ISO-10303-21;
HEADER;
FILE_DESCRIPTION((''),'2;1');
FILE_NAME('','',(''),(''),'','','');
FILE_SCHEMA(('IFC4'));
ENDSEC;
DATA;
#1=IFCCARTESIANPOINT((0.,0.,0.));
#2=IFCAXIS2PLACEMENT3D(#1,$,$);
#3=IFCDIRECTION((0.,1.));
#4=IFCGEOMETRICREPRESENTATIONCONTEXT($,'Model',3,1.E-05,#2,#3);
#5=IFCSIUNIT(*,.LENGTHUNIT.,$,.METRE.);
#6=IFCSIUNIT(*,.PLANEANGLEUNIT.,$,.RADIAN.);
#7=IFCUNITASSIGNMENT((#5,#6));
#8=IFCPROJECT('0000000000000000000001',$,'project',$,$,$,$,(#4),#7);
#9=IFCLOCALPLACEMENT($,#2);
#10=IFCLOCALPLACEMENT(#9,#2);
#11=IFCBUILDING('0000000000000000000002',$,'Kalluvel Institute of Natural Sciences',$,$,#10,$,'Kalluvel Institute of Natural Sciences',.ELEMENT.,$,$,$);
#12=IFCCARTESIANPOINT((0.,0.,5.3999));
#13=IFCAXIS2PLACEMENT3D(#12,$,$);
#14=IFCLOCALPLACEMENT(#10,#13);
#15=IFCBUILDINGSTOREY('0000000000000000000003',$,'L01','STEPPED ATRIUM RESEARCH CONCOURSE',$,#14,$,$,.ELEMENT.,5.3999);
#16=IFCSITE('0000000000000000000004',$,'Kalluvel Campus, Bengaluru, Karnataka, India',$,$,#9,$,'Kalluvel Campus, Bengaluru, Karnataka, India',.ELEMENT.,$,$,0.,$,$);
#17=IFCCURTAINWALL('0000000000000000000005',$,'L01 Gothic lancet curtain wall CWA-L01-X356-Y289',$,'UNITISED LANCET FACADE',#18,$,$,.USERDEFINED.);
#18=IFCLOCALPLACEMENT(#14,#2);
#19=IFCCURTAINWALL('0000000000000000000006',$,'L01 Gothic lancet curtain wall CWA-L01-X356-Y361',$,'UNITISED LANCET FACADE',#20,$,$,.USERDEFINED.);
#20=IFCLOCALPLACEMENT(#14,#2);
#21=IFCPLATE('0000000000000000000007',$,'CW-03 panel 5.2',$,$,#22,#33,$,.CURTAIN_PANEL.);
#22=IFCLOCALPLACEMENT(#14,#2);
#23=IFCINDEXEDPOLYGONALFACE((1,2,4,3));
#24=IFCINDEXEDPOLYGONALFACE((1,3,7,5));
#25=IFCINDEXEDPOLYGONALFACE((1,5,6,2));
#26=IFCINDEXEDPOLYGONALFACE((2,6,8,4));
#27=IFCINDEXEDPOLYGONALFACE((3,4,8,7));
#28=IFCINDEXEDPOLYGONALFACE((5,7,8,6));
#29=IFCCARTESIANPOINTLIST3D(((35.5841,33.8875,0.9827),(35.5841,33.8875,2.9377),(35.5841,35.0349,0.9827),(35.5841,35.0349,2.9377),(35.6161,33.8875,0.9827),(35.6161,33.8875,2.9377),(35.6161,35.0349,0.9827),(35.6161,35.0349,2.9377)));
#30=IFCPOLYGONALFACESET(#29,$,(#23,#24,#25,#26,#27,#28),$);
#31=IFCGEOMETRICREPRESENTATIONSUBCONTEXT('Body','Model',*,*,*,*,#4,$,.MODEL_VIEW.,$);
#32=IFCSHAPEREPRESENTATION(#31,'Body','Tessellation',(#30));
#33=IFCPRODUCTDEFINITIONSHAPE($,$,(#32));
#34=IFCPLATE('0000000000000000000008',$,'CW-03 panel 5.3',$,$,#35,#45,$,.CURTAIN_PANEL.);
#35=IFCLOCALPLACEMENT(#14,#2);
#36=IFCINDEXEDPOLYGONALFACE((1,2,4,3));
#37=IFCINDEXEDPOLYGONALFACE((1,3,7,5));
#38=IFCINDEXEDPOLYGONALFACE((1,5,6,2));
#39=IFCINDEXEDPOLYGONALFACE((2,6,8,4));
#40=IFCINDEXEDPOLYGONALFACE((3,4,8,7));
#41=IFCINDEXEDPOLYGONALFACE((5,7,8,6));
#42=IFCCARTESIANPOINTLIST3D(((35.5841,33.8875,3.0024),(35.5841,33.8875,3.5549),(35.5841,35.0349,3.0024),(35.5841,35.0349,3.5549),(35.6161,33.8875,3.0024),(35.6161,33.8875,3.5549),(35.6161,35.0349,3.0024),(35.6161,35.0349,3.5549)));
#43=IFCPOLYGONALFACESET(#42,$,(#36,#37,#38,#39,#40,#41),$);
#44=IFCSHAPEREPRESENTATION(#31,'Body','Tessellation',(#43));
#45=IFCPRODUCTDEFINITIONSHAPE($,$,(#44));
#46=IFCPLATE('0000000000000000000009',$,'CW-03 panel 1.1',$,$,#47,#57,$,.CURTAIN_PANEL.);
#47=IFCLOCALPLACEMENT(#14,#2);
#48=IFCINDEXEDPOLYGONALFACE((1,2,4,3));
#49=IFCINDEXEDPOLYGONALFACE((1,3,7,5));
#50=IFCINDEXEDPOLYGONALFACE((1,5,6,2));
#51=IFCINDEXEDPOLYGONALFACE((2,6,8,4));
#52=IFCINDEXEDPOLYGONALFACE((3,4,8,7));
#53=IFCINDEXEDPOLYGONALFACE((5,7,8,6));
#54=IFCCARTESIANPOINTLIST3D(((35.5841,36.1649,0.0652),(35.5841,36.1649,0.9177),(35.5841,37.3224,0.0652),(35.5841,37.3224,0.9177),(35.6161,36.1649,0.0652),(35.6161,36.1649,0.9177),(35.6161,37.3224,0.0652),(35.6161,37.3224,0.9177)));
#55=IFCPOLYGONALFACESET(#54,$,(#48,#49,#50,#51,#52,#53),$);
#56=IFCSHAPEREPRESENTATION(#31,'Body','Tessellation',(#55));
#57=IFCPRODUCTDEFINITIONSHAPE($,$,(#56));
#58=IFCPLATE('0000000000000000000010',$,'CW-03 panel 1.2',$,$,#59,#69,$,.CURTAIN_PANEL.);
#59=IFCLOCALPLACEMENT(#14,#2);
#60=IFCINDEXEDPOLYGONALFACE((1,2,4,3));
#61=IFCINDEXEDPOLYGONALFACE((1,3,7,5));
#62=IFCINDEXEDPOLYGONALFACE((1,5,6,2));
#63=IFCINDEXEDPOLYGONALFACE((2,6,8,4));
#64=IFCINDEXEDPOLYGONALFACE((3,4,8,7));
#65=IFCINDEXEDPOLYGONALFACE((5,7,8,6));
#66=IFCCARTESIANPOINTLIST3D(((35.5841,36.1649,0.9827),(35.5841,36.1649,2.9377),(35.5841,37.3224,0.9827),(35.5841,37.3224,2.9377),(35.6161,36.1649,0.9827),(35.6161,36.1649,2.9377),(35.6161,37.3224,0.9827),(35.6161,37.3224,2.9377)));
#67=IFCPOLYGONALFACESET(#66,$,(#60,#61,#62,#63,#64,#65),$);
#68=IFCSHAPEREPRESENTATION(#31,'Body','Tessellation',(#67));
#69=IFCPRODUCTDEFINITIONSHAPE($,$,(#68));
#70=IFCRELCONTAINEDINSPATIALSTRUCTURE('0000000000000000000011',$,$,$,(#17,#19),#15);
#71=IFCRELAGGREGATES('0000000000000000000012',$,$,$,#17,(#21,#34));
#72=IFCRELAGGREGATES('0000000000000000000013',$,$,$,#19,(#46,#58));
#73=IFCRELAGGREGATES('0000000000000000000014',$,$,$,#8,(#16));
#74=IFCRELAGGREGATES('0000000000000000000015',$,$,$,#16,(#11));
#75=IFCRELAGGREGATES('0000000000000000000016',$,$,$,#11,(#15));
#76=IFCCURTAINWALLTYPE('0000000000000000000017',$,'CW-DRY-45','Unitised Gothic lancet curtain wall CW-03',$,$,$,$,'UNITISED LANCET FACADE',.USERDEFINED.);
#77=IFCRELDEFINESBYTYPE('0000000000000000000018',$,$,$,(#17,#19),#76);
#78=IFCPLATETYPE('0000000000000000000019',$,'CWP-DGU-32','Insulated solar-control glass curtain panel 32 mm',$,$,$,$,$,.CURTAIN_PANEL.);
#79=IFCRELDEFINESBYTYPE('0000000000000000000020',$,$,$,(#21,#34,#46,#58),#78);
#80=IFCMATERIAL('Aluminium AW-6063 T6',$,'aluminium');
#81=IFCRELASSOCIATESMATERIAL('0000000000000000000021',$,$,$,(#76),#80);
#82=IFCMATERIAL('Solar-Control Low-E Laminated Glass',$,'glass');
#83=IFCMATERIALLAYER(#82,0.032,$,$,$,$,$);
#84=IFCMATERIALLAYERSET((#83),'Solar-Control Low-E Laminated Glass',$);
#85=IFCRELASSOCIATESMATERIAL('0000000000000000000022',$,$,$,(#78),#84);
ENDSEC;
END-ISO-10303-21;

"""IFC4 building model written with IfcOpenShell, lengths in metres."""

from ifc_helpers import new_model, si_unit, direction, frame, origin, origin_2d, place, context, subcontext, project, spatial, rectangle, extrude, material, layer, layer_set, type_object, element, aggregate, save


model = new_model("IFC4")

# Units and contexts
model_context = context("Model", 3, precision=1e-05, world=origin(), true_north=direction((0.0, 1.0)))
body_context = subcontext(model_context, "Body", "Model", "MODEL_VIEW")
ifc_project = project(units=[si_unit("LENGTHUNIT", "METRE"), si_unit("PLANEANGLEUNIT", "RADIAN")], contexts=[model_context])

# Site, building, storey
site_placement = place(None, origin())
site = spatial("IfcSite", under=ifc_project, at=site_placement, Name="Kalluvel Campus, Bengaluru, Karnataka, India", LongName="Kalluvel Campus, Bengaluru, Karnataka, India", CompositionType="ELEMENT", RefElevation=0.0)
building_placement = place(site_placement, origin())
building = spatial("IfcBuilding", under=site, at=building_placement, Name="Kalluvel Institute of Natural Sciences", LongName="Kalluvel Institute of Natural Sciences", CompositionType="ELEMENT")
storey_placement = place(building_placement, frame((0.0, 0.0, 5.3999)))
storey = spatial("IfcBuildingStorey", under=building, at=storey_placement, Name="L01", Description="STEPPED ATRIUM RESEARCH CONCOURSE", CompositionType="ELEMENT", Elevation=5.3999)

# Curtain wall
ifc_material_1 = material(Name="Aluminium AW-6063 T6", Category="aluminium")
curtain_wall_type = type_object("IfcCurtainWallType", Name="CW-DRY-45", Description="Unitised Gothic lancet curtain wall CW-03", ElementType="UNITISED LANCET FACADE", PredefinedType="USERDEFINED", material=ifc_material_1)
curtain_wall_1_placement = place(storey_placement, origin())
curtain_wall_1 = element("IfcCurtainWall", 1, at=curtain_wall_1_placement, inside=storey, type_object=curtain_wall_type, Name="L01 Gothic lancet curtain wall CWA-L01-X356-Y289", ObjectType="UNITISED LANCET FACADE", PredefinedType="USERDEFINED")

# Curtain wall
curtain_wall_2_placement = place(storey_placement, origin())
curtain_wall_2 = element("IfcCurtainWall", 2, at=curtain_wall_2_placement, inside=storey, type_object=curtain_wall_type, Name="L01 Gothic lancet curtain wall CWA-L01-X356-Y361", ObjectType="UNITISED LANCET FACADE", PredefinedType="USERDEFINED")

# Plates
ifc_material_2 = material(Name="Solar-Control Low-E Laminated Glass", Category="glass")
ifc_layer = layer(ifc_material_2, 0.032)
ifc_layer_set = layer_set([ifc_layer], Name="Solar-Control Low-E Laminated Glass")
plate_type = type_object("IfcPlateType", Name="CWP-DGU-32", Description="Insulated solar-control glass curtain panel 32 mm", PredefinedType="CURTAIN_PANEL", material=ifc_layer_set)
plate_1_placement = place(storey_placement, frame((35.6001, 34.4612, 0.9827), z_axis=(0.0, 0.0, 1.0), x_axis=(0.0, 1.0, 0.0)))
plate_1 = element("IfcPlate", 3, at=plate_1_placement, type_object=plate_type, Name="CW-03 panel 5.2", PredefinedType="CURTAIN_PANEL", context=body_context, shape_type="SweptSolid", body=[
    extrude(rectangle(XDim=1.1475, YDim=0.032, at=origin_2d()), origin(), (0.0, 0.0, 1.0), 1.9551),
])
plate_2_placement = place(storey_placement, frame((35.6001, 34.4612, 3.0024), z_axis=(0.0, 0.0, 1.0), x_axis=(0.0, 1.0, 0.0)))
plate_2 = element("IfcPlate", 4, at=plate_2_placement, type_object=plate_type, Name="CW-03 panel 5.3", PredefinedType="CURTAIN_PANEL", context=body_context, shape_type="SweptSolid", body=[
    extrude(rectangle(XDim=1.1475, YDim=0.032, at=origin_2d()), origin(), (0.0, 0.0, 1.0), 0.5525),
])
aggregate(curtain_wall_1, [plate_1, plate_2])
plate_3_placement = place(storey_placement, frame((35.6001, 36.7437, 0.0652), z_axis=(0.0, 0.0, 1.0), x_axis=(0.0, 1.0, 0.0)))
plate_3 = element("IfcPlate", 5, at=plate_3_placement, type_object=plate_type, Name="CW-03 panel 1.1", PredefinedType="CURTAIN_PANEL", context=body_context, shape_type="SweptSolid", body=[
    extrude(rectangle(XDim=1.1575, YDim=0.032, at=origin_2d()), origin(), (0.0, 0.0, 1.0), 0.8525),
])
plate_4_placement = place(storey_placement, frame((35.6001, 36.7437, 0.9827), z_axis=(0.0, 0.0, 1.0), x_axis=(0.0, 1.0, 0.0)))
plate_4 = element("IfcPlate", 6, at=plate_4_placement, type_object=plate_type, Name="CW-03 panel 1.2", PredefinedType="CURTAIN_PANEL", context=body_context, shape_type="SweptSolid", body=[
    extrude(rectangle(XDim=1.1575, YDim=0.032, at=origin_2d()), origin(), (0.0, 0.0, 1.0), 1.9551),
])
aggregate(curtain_wall_2, [plate_3, plate_4])

save(model, "model.ifc")
